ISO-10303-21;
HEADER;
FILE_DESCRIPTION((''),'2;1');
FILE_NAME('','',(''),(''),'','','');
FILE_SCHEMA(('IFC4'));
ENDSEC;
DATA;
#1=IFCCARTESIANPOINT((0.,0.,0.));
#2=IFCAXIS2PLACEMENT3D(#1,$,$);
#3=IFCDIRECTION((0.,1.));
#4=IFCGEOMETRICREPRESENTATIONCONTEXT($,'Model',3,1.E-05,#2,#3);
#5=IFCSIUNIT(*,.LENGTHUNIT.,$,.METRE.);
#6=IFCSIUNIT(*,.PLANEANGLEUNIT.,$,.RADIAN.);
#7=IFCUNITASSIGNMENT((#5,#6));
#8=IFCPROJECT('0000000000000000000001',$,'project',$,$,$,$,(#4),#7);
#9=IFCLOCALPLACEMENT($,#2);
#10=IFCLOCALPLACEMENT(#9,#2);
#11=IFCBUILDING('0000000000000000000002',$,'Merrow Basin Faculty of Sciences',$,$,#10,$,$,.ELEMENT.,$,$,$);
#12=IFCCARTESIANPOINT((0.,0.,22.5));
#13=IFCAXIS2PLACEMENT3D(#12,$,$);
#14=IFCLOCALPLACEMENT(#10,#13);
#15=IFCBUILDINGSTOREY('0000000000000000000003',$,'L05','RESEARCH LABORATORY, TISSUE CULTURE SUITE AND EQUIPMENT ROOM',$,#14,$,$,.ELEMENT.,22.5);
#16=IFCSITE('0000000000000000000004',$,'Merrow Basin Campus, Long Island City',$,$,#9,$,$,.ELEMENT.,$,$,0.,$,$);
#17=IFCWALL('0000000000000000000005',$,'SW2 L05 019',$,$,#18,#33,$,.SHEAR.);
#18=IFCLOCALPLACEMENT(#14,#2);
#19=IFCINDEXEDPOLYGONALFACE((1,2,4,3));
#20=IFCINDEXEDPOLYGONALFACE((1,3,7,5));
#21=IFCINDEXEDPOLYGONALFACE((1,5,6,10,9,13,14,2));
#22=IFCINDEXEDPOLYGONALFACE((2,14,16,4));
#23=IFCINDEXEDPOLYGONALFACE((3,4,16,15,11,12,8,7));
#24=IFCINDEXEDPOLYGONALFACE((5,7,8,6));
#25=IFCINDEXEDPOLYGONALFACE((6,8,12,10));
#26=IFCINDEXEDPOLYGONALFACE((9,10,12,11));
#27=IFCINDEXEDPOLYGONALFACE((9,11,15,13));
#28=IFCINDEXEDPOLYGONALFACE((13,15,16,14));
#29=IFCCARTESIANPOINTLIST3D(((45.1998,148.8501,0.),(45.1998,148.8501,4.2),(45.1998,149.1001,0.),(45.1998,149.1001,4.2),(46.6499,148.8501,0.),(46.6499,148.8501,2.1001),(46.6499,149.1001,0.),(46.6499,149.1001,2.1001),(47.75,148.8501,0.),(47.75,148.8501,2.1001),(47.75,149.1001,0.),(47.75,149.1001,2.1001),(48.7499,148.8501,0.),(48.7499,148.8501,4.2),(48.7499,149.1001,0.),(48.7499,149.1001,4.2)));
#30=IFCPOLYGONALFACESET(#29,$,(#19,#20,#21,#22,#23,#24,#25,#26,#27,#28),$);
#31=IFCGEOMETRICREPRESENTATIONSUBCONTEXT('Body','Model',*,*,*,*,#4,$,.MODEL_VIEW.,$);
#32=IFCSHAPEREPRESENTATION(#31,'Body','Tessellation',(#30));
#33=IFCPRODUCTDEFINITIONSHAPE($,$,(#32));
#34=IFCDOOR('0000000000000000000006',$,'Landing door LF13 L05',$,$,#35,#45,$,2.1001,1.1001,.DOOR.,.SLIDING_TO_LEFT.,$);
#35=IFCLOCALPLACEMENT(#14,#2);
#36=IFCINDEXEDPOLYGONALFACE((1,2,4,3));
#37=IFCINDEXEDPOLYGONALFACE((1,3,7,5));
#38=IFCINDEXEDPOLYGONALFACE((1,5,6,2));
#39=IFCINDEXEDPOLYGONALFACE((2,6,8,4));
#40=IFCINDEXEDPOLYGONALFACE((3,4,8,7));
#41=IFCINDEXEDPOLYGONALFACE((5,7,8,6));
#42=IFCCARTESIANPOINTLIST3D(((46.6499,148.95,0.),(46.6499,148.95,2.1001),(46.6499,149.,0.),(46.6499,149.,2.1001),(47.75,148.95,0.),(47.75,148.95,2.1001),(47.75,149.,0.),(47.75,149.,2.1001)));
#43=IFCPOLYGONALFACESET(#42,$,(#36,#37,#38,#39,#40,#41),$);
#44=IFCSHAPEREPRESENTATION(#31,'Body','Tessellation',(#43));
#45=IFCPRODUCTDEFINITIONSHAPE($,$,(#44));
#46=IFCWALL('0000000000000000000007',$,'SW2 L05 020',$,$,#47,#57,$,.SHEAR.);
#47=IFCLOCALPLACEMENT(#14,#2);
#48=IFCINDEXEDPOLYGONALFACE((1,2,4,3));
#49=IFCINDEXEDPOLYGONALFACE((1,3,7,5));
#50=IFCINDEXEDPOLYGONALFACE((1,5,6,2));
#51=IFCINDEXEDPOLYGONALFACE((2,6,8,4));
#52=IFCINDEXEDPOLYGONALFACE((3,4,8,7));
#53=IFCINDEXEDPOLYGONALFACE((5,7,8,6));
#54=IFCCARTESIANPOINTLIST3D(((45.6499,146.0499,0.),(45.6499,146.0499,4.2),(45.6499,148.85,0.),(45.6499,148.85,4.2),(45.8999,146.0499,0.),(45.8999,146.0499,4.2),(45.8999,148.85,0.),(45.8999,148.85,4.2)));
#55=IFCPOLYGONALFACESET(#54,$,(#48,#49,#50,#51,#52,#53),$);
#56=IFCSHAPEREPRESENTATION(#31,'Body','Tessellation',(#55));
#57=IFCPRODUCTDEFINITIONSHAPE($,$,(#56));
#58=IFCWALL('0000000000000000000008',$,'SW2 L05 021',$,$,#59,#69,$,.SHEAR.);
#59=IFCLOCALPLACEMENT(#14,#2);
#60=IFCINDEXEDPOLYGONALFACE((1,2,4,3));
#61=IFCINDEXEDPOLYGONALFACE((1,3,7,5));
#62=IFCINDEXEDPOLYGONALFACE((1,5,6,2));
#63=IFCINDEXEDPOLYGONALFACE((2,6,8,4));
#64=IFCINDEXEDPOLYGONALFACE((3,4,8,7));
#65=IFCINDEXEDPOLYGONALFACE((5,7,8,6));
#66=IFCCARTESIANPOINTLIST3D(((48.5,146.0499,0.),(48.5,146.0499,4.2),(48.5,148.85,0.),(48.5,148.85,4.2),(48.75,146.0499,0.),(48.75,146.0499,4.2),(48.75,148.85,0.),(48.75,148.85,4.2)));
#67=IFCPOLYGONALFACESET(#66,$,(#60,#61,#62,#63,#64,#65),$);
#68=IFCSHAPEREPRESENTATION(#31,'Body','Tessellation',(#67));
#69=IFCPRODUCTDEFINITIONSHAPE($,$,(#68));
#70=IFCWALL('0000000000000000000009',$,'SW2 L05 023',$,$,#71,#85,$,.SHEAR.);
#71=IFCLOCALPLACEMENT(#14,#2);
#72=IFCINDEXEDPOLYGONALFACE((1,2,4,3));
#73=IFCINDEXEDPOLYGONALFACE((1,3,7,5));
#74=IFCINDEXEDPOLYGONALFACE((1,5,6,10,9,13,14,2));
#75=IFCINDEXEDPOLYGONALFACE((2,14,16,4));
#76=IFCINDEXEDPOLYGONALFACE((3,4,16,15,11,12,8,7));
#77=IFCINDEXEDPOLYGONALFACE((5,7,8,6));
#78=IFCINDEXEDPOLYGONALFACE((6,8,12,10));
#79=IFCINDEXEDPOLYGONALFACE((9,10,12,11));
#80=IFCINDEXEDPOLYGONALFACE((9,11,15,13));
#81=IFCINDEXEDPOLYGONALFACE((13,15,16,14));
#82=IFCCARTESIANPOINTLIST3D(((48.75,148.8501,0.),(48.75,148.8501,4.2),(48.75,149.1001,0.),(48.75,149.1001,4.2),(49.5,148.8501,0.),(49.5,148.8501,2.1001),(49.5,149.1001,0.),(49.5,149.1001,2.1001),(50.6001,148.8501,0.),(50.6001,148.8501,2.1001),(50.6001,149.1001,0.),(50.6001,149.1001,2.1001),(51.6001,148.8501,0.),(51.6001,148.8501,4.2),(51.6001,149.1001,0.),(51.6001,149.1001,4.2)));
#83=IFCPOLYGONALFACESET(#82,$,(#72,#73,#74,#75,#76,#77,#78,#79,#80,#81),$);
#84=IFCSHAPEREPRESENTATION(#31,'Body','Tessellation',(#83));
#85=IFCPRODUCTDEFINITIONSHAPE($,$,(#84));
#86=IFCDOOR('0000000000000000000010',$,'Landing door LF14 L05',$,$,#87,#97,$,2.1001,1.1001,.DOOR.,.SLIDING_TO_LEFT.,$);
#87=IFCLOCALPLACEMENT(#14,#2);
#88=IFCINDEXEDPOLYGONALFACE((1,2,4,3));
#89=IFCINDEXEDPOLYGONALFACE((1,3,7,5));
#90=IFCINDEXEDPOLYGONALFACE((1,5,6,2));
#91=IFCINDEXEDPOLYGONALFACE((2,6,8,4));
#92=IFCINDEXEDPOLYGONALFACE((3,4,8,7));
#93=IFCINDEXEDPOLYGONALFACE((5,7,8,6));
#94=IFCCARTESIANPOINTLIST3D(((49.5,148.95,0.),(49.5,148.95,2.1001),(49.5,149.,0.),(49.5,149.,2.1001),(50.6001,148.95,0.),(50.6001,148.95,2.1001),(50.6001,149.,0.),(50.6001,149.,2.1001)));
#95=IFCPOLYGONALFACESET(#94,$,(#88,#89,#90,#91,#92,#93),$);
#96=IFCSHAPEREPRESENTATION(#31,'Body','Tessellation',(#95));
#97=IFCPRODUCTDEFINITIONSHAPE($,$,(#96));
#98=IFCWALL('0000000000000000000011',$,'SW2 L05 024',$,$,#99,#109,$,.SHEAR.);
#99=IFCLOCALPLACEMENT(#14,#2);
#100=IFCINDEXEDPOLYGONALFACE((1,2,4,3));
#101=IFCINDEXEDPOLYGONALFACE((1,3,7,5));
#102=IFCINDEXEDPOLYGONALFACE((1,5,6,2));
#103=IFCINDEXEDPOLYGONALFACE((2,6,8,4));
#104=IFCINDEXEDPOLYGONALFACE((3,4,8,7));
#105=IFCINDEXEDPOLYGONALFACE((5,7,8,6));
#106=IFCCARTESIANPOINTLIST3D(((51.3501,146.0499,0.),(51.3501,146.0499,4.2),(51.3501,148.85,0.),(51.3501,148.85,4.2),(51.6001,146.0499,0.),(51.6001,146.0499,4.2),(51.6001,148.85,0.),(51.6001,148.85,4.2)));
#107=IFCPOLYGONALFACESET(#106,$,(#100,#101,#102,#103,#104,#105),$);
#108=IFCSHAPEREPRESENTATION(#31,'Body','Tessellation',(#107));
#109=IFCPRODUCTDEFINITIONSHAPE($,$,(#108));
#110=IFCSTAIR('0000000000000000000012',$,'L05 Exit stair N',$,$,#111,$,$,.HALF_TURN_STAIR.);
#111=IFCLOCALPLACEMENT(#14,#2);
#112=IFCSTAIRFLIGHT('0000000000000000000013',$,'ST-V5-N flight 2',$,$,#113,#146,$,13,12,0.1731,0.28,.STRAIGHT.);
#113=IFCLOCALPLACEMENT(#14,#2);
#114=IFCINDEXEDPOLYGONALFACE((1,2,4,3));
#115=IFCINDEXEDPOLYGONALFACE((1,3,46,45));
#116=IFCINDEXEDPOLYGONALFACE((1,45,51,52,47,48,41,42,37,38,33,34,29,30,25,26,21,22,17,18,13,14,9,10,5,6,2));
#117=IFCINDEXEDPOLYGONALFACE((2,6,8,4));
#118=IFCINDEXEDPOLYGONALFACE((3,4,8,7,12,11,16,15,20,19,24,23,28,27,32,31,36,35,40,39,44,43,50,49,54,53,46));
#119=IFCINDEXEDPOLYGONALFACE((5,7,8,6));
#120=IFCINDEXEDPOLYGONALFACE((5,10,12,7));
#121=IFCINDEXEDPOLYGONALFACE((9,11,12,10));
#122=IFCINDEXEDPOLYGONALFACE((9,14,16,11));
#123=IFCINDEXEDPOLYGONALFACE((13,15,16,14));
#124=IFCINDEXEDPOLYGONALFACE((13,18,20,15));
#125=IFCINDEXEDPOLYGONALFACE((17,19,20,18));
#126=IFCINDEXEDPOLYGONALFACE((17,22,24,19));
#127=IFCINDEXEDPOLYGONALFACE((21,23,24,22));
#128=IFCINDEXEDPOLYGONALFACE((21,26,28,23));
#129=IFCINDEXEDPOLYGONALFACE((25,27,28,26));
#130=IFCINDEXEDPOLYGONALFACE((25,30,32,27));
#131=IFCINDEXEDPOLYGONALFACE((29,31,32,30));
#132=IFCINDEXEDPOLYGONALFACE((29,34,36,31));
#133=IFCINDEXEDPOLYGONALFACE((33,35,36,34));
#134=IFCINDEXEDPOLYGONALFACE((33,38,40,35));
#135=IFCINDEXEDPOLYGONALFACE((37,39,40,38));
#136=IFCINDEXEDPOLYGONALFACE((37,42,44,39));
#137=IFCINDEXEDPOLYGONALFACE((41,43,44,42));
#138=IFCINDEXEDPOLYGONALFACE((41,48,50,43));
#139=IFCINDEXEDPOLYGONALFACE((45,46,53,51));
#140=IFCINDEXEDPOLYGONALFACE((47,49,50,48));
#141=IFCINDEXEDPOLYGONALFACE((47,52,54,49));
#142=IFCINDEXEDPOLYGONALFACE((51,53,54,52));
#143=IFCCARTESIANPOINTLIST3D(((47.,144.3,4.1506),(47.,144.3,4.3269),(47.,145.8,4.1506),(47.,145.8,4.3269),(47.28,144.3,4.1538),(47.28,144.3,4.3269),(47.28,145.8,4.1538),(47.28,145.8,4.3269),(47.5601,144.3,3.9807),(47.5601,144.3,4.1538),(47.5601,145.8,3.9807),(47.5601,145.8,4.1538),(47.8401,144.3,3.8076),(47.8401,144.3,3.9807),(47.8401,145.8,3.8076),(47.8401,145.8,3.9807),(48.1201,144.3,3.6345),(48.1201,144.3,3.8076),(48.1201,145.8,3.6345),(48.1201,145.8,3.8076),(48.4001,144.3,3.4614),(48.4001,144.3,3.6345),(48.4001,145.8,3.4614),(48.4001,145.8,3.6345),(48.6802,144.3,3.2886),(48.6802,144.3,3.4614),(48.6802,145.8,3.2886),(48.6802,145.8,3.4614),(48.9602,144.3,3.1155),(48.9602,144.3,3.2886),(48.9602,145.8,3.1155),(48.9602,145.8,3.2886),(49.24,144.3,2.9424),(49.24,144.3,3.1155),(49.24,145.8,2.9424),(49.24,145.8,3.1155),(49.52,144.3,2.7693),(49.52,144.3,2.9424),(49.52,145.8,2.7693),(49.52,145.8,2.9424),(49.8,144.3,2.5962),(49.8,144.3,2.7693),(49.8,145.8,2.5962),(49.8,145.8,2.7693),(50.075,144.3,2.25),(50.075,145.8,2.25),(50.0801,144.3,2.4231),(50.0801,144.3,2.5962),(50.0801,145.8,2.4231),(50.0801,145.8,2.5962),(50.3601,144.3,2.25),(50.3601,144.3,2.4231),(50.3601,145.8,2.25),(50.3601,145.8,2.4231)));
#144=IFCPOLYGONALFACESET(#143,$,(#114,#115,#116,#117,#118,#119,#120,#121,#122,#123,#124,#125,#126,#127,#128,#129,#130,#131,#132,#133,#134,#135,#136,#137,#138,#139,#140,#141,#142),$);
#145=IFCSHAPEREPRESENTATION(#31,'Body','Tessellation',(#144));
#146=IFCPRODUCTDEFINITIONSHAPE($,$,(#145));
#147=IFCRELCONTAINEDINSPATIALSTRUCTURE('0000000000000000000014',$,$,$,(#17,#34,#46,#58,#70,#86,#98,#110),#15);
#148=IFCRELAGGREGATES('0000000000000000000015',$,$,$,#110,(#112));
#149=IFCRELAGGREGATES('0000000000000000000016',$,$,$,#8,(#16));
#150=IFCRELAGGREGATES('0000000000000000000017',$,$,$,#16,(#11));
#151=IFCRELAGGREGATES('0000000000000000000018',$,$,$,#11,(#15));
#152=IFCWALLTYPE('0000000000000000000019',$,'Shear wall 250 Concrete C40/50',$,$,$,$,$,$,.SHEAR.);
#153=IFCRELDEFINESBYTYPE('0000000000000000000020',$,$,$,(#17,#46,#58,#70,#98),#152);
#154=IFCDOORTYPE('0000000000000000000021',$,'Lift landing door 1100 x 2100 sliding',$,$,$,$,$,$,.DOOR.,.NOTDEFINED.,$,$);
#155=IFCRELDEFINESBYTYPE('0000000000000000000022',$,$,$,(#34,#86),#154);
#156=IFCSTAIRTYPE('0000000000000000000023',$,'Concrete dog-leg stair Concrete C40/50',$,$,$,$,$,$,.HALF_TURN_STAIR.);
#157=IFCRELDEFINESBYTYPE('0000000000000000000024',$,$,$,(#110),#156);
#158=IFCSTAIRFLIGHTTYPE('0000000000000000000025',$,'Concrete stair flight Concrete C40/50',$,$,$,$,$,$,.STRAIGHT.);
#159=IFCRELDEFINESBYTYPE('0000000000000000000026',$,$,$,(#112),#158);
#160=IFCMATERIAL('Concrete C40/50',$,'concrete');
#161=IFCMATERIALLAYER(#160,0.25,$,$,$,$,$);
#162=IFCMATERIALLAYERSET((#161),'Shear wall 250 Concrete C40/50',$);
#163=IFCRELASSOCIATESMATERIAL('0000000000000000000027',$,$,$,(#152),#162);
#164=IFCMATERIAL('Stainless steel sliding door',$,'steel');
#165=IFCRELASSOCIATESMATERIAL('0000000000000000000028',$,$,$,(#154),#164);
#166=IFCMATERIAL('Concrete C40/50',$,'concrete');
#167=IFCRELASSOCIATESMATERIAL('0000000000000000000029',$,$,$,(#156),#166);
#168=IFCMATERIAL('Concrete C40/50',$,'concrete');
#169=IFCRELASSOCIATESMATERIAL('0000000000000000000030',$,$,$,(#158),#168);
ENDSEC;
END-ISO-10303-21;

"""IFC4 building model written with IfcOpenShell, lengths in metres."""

from ifc_helpers import new_model, si_unit, direction, frame, frame_2d, origin, place, context, subcontext, project, spatial, polyline, rectangle, outline, extrude, material, layer, layer_set, type_object, element, fill, aggregate, save


model = new_model("IFC4")

# Units and contexts
model_context = context("Model", 3, precision=1e-05, world=origin(), true_north=direction((0.0, 1.0)))
body_context = subcontext(model_context, "Body", "Model", "MODEL_VIEW")
ifc_project = project(units=[si_unit("LENGTHUNIT", "METRE"), si_unit("PLANEANGLEUNIT", "RADIAN")], contexts=[model_context])

# Site, building, storey
site_placement = place(None, origin())
site = spatial("IfcSite", under=ifc_project, at=site_placement, Name="Merrow Basin Campus, Long Island City", CompositionType="ELEMENT", RefElevation=0.0)
building_placement = place(site_placement, origin())
building = spatial("IfcBuilding", under=site, at=building_placement, Name="Merrow Basin Faculty of Sciences", CompositionType="ELEMENT")
storey_placement = place(building_placement, frame((0.0, 0.0, 22.5)))
storey = spatial("IfcBuildingStorey", under=building, at=storey_placement, Name="L05", Description="RESEARCH LABORATORY, TISSUE CULTURE SUITE AND EQUIPMENT ROOM", CompositionType="ELEMENT", Elevation=22.5)

# Shared definitions
ifc_material_1 = material(Name="Concrete C40/50", Category="concrete")
ifc_layer_1 = layer(ifc_material_1, 0.25)
ifc_layer_set_1 = layer_set([ifc_layer_1], Name="Shear wall 250 Concrete C40/50")
wall_type_1 = type_object("IfcWallType", Name="Shear wall 250 Concrete C40/50", PredefinedType="SHEAR", material=ifc_layer_set_1)

# Wall, opening, door
wall_1_placement = place(storey_placement, frame((45.2, 148.9751, 0.0), z_axis=(0.0, 0.0, 1.0), x_axis=(1.0, 0.0, 0.0)))
wall_1 = element("IfcWall", 1, at=wall_1_placement, inside=storey, type_object=wall_type_1, Name="SW2 L05 019", PredefinedType="SHEAR", context=body_context, shape_type="SweptSolid", body=[
    extrude(rectangle(XDim=3.55, YDim=0.25, at=frame_2d((1.7749, 0.0))), origin(), (0.0, 0.0, 1.0), 4.2),
])
opening_1_placement = place(wall_1_placement, frame((1.45, 0.0, 0.0)))
opening_1 = element("IfcOpeningElement", 2, at=opening_1_placement, cuts=wall_1, PredefinedType="OPENING", context=body_context, shape_type="SweptSolid", body=[
    extrude(rectangle(XDim=1.1001, YDim=2.1001, at=frame_2d((0.55, 1.05))), frame((0.0, 0.135, 0.0), z_axis=(0.0, -1.0, 0.0), x_axis=(1.0, 0.0, 0.0)), (0.0, 0.0, 1.0), 0.27),
])
ifc_material_2 = material(Name="Stainless steel sliding door", Category="steel")
door_type = type_object("IfcDoorType", Name="Lift landing door 1100 x 2100 sliding", OperationType="NOTDEFINED", PredefinedType="DOOR", material=ifc_material_2)
door_1_placement = place(opening_1_placement, origin())
door_1 = element("IfcDoor", 3, at=door_1_placement, inside=storey, type_object=door_type, Name="Landing door LF13 L05", OperationType="SLIDING_TO_LEFT", OverallHeight=2.1001, OverallWidth=1.1001, PredefinedType="DOOR", context=body_context, shape_type="SweptSolid", body=[
    extrude(rectangle(XDim=1.1001, YDim=2.1001, at=frame_2d((0.55, 1.05))), frame((0.0, 0.0249, 0.0), z_axis=(0.0, -1.0, 0.0), x_axis=(1.0, 0.0, 0.0)), (0.0, 0.0, 1.0), 0.05),
])
fill(opening_1, door_1)

# Walls
for number, where, z_axis, x_axis, name in (
    (4, (45.7749, 146.05, 0.0), (0.0, 0.0, 1.0), (0.0, 1.0, 0.0), "SW2 L05 020"),
    (5, (48.625, 146.05, 0.0), (0.0, 0.0, 1.0), (0.0, 1.0, 0.0), "SW2 L05 021"),
):
    element("IfcWall", number, at=place(storey_placement, frame(where, z_axis=z_axis, x_axis=x_axis)), inside=storey, type_object=wall_type_1, Name=name, PredefinedType="SHEAR", context=body_context, shape_type="SweptSolid", body=[
        extrude(rectangle(XDim=2.8, YDim=0.25, at=frame_2d((1.3999, 0.0))), origin(), (0.0, 0.0, 1.0), 4.2),
    ])

# Wall, opening, door
wall_2_placement = place(storey_placement, frame((48.75, 148.9751, 0.0), z_axis=(0.0, 0.0, 1.0), x_axis=(1.0, 0.0, 0.0)))
wall_2 = element("IfcWall", 6, at=wall_2_placement, inside=storey, type_object=wall_type_1, Name="SW2 L05 023", PredefinedType="SHEAR", context=body_context, shape_type="SweptSolid", body=[
    extrude(rectangle(XDim=2.8501, YDim=0.25, at=frame_2d((1.425, 0.0))), origin(), (0.0, 0.0, 1.0), 4.2),
])
opening_2_placement = place(wall_2_placement, frame((0.75, 0.0, 0.0)))
opening_2 = element("IfcOpeningElement", 7, at=opening_2_placement, cuts=wall_2, PredefinedType="OPENING", context=body_context, shape_type="SweptSolid", body=[
    extrude(rectangle(XDim=1.1001, YDim=2.1001, at=frame_2d((0.55, 1.05))), frame((0.0, 0.135, 0.0), z_axis=(0.0, -1.0, 0.0), x_axis=(1.0, 0.0, 0.0)), (0.0, 0.0, 1.0), 0.27),
])
door_2_placement = place(opening_2_placement, origin())
door_2 = element("IfcDoor", 8, at=door_2_placement, inside=storey, type_object=door_type, Name="Landing door LF14 L05", OperationType="SLIDING_TO_LEFT", OverallHeight=2.1001, OverallWidth=1.1001, PredefinedType="DOOR", context=body_context, shape_type="SweptSolid", body=[
    extrude(rectangle(XDim=1.1001, YDim=2.1001, at=frame_2d((0.55, 1.05))), frame((0.0, 0.0249, 0.0), z_axis=(0.0, -1.0, 0.0), x_axis=(1.0, 0.0, 0.0)), (0.0, 0.0, 1.0), 0.05),
])
fill(opening_2, door_2)

# Wall
wall_3_placement = place(storey_placement, frame((51.4751, 146.05, 0.0), z_axis=(0.0, 0.0, 1.0), x_axis=(0.0, 1.0, 0.0)))
element("IfcWall", 9, at=wall_3_placement, inside=storey, type_object=wall_type_1, Name="SW2 L05 024", PredefinedType="SHEAR", context=body_context, shape_type="SweptSolid", body=[
    extrude(rectangle(XDim=2.8, YDim=0.25, at=frame_2d((1.3999, 0.0))), origin(), (0.0, 0.0, 1.0), 4.2),
])

# Stair, stair flight
ifc_material_3 = material(Name="Concrete C40/50", Category="concrete")
stair_type = type_object("IfcStairType", Name="Concrete dog-leg stair Concrete C40/50", PredefinedType="HALF_TURN_STAIR", material=ifc_material_3)
stair_placement = place(storey_placement, origin())
stair = element("IfcStair", 10, at=stair_placement, inside=storey, type_object=stair_type, Name="L05 Exit stair N", PredefinedType="HALF_TURN_STAIR")
ifc_material_4 = material(Name="Concrete C40/50", Category="concrete")
stair_flight_type = type_object("IfcStairFlightType", Name="Concrete stair flight Concrete C40/50", PredefinedType="STRAIGHT", material=ifc_material_4)
stair_flight_placement = place(storey_placement, frame((50.3601, 145.05, 2.25), z_axis=(0.0, 0.0, 1.0), x_axis=(-1.0, 0.0, 0.0)))
stair_flight = element("IfcStairFlight", 11, at=stair_flight_placement, type_object=stair_flight_type, Name="ST-V5-N flight 2", NumberOfRisers=13, NumberOfTreads=12, PredefinedType="STRAIGHT", RiserHeight=0.1731, TreadLength=0.28, context=body_context, shape_type="SweptSolid", body=[
    extrude(outline(polyline([(0.0, 0.0), (0.0, 0.1731), (0.28, 0.1731), (0.28, 0.3462), (0.5601, 0.3462), (0.5601, 0.5193), (0.8401, 0.5193), (0.8401, 0.6924), (1.1201, 0.6924), (1.1201, 0.8655), (1.3999, 0.8655), (1.3999, 1.0386), (1.6799, 1.0386), (1.6799, 1.2114), (1.96, 1.2114), (1.96, 1.3845), (2.24, 1.3845), (2.24, 1.5576), (2.52, 1.5576), (2.52, 1.7307), (2.8, 1.7307), (2.8, 1.9038), (3.0801, 1.9038), (3.0801, 2.0769), (3.3601, 2.0769), (3.3601, 2.25), (3.3601, 1.9006), (0.2852, 0.0), (0.0, 0.0)])), frame((0.0, 0.75, 0.0), z_axis=(0.0, -1.0, 0.0), x_axis=(1.0, 0.0, 0.0)), (0.0, 0.0, 1.0), 1.5),
])
aggregate(stair, [stair_flight])

save(model, "model.ifc")
